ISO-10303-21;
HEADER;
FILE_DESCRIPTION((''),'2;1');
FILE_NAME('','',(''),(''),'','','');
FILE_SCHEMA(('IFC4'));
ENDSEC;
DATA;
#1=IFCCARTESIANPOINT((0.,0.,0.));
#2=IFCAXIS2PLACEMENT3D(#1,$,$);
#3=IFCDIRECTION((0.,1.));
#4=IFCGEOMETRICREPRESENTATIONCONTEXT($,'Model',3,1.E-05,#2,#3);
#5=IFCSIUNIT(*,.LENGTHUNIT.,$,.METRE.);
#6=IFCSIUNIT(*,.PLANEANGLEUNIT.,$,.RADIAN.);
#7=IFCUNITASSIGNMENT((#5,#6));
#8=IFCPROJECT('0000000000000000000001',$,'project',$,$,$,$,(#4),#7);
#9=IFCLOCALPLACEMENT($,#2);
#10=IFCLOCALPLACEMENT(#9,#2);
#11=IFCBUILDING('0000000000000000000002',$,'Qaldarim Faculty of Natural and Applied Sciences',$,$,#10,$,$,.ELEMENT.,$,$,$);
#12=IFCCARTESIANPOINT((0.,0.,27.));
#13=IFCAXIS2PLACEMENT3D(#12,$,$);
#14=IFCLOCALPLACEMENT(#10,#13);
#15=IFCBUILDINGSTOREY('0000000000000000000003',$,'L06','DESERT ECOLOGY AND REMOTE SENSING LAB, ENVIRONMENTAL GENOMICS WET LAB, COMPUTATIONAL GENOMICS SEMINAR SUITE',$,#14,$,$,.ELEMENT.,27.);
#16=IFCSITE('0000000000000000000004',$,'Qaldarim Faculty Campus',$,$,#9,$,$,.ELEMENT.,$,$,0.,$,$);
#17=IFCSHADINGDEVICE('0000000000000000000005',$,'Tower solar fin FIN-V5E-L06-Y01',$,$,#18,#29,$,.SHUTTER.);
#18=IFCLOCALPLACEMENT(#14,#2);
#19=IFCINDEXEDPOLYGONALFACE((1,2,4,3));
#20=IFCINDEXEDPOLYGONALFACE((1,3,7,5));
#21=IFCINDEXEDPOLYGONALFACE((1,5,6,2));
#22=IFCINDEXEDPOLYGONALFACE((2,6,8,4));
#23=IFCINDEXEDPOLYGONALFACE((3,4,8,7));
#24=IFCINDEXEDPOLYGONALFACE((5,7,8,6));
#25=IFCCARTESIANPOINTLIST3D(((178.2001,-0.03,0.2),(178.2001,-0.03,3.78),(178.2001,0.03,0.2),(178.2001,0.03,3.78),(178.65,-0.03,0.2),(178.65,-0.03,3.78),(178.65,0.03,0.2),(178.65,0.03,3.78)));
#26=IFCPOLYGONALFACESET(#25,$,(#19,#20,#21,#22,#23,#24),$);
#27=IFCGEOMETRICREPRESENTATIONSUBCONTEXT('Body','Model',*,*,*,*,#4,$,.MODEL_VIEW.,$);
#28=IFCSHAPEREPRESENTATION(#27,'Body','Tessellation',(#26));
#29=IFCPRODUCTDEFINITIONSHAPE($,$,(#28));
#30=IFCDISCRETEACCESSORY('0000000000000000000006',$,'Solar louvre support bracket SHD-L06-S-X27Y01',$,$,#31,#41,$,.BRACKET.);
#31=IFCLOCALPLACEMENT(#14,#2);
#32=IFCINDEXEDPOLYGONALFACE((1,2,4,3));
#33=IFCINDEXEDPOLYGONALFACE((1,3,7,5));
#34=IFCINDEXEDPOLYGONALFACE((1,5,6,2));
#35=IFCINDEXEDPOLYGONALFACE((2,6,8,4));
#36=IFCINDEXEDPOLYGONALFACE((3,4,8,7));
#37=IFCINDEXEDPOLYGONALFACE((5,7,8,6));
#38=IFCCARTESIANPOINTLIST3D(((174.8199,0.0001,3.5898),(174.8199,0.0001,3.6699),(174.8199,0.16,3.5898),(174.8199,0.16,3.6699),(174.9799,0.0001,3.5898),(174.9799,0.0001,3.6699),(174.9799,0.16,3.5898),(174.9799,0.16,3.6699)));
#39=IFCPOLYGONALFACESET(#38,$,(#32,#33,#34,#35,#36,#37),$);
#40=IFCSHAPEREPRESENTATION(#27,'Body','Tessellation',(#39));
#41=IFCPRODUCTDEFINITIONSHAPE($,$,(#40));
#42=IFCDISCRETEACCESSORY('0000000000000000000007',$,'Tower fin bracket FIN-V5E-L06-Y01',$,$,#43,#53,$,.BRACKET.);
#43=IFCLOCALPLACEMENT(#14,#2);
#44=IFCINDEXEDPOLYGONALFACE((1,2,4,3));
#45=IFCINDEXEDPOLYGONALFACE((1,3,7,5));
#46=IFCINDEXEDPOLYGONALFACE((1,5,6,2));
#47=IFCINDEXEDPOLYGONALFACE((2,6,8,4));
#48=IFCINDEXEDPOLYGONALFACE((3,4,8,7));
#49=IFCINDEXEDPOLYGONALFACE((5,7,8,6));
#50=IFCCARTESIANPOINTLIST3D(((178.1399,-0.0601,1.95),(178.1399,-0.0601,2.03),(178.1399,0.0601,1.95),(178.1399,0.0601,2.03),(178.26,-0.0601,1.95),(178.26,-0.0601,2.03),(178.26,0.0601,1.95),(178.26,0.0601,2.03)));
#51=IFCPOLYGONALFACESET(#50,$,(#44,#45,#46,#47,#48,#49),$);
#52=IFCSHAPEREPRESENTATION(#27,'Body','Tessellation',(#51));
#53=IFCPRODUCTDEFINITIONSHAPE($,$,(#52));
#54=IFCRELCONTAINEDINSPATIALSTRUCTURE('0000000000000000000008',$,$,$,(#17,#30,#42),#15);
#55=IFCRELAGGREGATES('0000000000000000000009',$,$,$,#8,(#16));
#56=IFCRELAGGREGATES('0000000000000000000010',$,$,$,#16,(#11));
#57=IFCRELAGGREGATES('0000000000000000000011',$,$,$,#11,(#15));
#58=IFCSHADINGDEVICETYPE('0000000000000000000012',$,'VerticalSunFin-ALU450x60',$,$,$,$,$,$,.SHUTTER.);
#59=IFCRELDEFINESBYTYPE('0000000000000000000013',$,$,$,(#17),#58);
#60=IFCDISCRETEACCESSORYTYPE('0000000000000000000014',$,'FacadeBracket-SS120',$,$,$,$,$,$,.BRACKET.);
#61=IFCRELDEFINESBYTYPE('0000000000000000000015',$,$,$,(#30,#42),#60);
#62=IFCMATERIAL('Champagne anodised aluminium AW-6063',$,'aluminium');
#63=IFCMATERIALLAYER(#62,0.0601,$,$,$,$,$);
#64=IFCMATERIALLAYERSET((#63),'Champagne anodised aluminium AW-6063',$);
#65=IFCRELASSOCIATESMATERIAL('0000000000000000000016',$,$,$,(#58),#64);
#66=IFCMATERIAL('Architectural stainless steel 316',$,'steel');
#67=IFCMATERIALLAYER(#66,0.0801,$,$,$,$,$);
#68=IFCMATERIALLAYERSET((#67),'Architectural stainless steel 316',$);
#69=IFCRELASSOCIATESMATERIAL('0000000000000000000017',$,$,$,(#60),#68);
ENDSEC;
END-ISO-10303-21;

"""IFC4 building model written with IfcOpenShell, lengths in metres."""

from ifc_helpers import new_model, si_unit, direction, frame, origin, origin_2d, place, context, subcontext, project, spatial, rectangle, extrude, material, layer, layer_set, type_object, element, save


model = new_model("IFC4")

# Units and contexts
model_context = context("Model", 3, precision=1e-05, world=origin(), true_north=direction((0.0, 1.0)))
body_context = subcontext(model_context, "Body", "Model", "MODEL_VIEW")
ifc_project = project(units=[si_unit("LENGTHUNIT", "METRE"), si_unit("PLANEANGLEUNIT", "RADIAN")], contexts=[model_context])

# Site, building, storey
site_placement = place(None, origin())
site = spatial("IfcSite", under=ifc_project, at=site_placement, Name="Qaldarim Faculty Campus", CompositionType="ELEMENT", RefElevation=0.0)
building_placement = place(site_placement, origin())
building = spatial("IfcBuilding", under=site, at=building_placement, Name="Qaldarim Faculty of Natural and Applied Sciences", CompositionType="ELEMENT")
storey_placement = place(building_placement, frame((0.0, 0.0, 27.0)))
storey = spatial("IfcBuildingStorey", under=building, at=storey_placement, Name="L06", Description="DESERT ECOLOGY AND REMOTE SENSING LAB, ENVIRONMENTAL GENOMICS WET LAB, COMPUTATIONAL GENOMICS SEMINAR SUITE", CompositionType="ELEMENT", Elevation=27.0)

# Shading device
ifc_material_1 = material(Name="Champagne anodised aluminium AW-6063", Category="aluminium")
ifc_layer_1 = layer(ifc_material_1, 0.0601)
ifc_layer_set_1 = layer_set([ifc_layer_1], Name="Champagne anodised aluminium AW-6063")
shading_device_type_1 = type_object("IfcShadingDeviceType", Name="VerticalSunFin-ALU450x60", PredefinedType="SHUTTER", material=ifc_layer_set_1)
shading_device_1_placement = place(storey_placement, frame((178.425, 0.0, 0.2), z_axis=(0.0, 0.0, 1.0), x_axis=(1.0, 0.0, 0.0)))
element("IfcShadingDevice", 1, at=shading_device_1_placement, inside=storey, type_object=shading_device_type_1, Name="Tower solar fin FIN-V5E-L06-Y01", PredefinedType="SHUTTER", context=body_context, shape_type="SweptSolid", body=[
    extrude(rectangle(XDim=0.45, YDim=0.0601, at=origin_2d()), origin(), (0.0, 0.0, 1.0), 3.5801),
])

# Discrete accessories
ifc_material_2 = material(Name="Architectural stainless steel 316", Category="steel")
ifc_layer_2 = layer(ifc_material_2, 0.0801)
ifc_layer_set_2 = layer_set([ifc_layer_2], Name="Architectural stainless steel 316")
discrete_accessory_type = type_object("IfcDiscreteAccessoryType", Name="FacadeBracket-SS120", PredefinedType="BRACKET", material=ifc_layer_set_2)
discrete_accessory_1_placement = place(storey_placement, frame((174.8999, 0.0801, 3.5898), z_axis=(0.0, 0.0, 1.0), x_axis=(1.0, 0.0, 0.0)))
element("IfcDiscreteAccessory", 2, at=discrete_accessory_1_placement, inside=storey, type_object=discrete_accessory_type, Name="Solar louvre support bracket SHD-L06-S-X27Y01", PredefinedType="BRACKET", context=body_context, shape_type="SweptSolid", body=[
    extrude(rectangle(XDim=0.1599, YDim=0.1599, at=origin_2d()), origin(), (0.0, 0.0, 1.0), 0.0801),
])
discrete_accessory_2_placement = place(storey_placement, frame((178.2, 0.0, 1.95), z_axis=(0.0, 0.0, 1.0), x_axis=(1.0, 0.0, 0.0)))
element("IfcDiscreteAccessory", 3, at=discrete_accessory_2_placement, inside=storey, type_object=discrete_accessory_type, Name="Tower fin bracket FIN-V5E-L06-Y01", PredefinedType="BRACKET", context=body_context, shape_type="SweptSolid", body=[
    extrude(rectangle(XDim=0.1201, YDim=0.1201, at=origin_2d()), origin(), (0.0, 0.0, 1.0), 0.0801),
])

save(model, "model.ifc")
